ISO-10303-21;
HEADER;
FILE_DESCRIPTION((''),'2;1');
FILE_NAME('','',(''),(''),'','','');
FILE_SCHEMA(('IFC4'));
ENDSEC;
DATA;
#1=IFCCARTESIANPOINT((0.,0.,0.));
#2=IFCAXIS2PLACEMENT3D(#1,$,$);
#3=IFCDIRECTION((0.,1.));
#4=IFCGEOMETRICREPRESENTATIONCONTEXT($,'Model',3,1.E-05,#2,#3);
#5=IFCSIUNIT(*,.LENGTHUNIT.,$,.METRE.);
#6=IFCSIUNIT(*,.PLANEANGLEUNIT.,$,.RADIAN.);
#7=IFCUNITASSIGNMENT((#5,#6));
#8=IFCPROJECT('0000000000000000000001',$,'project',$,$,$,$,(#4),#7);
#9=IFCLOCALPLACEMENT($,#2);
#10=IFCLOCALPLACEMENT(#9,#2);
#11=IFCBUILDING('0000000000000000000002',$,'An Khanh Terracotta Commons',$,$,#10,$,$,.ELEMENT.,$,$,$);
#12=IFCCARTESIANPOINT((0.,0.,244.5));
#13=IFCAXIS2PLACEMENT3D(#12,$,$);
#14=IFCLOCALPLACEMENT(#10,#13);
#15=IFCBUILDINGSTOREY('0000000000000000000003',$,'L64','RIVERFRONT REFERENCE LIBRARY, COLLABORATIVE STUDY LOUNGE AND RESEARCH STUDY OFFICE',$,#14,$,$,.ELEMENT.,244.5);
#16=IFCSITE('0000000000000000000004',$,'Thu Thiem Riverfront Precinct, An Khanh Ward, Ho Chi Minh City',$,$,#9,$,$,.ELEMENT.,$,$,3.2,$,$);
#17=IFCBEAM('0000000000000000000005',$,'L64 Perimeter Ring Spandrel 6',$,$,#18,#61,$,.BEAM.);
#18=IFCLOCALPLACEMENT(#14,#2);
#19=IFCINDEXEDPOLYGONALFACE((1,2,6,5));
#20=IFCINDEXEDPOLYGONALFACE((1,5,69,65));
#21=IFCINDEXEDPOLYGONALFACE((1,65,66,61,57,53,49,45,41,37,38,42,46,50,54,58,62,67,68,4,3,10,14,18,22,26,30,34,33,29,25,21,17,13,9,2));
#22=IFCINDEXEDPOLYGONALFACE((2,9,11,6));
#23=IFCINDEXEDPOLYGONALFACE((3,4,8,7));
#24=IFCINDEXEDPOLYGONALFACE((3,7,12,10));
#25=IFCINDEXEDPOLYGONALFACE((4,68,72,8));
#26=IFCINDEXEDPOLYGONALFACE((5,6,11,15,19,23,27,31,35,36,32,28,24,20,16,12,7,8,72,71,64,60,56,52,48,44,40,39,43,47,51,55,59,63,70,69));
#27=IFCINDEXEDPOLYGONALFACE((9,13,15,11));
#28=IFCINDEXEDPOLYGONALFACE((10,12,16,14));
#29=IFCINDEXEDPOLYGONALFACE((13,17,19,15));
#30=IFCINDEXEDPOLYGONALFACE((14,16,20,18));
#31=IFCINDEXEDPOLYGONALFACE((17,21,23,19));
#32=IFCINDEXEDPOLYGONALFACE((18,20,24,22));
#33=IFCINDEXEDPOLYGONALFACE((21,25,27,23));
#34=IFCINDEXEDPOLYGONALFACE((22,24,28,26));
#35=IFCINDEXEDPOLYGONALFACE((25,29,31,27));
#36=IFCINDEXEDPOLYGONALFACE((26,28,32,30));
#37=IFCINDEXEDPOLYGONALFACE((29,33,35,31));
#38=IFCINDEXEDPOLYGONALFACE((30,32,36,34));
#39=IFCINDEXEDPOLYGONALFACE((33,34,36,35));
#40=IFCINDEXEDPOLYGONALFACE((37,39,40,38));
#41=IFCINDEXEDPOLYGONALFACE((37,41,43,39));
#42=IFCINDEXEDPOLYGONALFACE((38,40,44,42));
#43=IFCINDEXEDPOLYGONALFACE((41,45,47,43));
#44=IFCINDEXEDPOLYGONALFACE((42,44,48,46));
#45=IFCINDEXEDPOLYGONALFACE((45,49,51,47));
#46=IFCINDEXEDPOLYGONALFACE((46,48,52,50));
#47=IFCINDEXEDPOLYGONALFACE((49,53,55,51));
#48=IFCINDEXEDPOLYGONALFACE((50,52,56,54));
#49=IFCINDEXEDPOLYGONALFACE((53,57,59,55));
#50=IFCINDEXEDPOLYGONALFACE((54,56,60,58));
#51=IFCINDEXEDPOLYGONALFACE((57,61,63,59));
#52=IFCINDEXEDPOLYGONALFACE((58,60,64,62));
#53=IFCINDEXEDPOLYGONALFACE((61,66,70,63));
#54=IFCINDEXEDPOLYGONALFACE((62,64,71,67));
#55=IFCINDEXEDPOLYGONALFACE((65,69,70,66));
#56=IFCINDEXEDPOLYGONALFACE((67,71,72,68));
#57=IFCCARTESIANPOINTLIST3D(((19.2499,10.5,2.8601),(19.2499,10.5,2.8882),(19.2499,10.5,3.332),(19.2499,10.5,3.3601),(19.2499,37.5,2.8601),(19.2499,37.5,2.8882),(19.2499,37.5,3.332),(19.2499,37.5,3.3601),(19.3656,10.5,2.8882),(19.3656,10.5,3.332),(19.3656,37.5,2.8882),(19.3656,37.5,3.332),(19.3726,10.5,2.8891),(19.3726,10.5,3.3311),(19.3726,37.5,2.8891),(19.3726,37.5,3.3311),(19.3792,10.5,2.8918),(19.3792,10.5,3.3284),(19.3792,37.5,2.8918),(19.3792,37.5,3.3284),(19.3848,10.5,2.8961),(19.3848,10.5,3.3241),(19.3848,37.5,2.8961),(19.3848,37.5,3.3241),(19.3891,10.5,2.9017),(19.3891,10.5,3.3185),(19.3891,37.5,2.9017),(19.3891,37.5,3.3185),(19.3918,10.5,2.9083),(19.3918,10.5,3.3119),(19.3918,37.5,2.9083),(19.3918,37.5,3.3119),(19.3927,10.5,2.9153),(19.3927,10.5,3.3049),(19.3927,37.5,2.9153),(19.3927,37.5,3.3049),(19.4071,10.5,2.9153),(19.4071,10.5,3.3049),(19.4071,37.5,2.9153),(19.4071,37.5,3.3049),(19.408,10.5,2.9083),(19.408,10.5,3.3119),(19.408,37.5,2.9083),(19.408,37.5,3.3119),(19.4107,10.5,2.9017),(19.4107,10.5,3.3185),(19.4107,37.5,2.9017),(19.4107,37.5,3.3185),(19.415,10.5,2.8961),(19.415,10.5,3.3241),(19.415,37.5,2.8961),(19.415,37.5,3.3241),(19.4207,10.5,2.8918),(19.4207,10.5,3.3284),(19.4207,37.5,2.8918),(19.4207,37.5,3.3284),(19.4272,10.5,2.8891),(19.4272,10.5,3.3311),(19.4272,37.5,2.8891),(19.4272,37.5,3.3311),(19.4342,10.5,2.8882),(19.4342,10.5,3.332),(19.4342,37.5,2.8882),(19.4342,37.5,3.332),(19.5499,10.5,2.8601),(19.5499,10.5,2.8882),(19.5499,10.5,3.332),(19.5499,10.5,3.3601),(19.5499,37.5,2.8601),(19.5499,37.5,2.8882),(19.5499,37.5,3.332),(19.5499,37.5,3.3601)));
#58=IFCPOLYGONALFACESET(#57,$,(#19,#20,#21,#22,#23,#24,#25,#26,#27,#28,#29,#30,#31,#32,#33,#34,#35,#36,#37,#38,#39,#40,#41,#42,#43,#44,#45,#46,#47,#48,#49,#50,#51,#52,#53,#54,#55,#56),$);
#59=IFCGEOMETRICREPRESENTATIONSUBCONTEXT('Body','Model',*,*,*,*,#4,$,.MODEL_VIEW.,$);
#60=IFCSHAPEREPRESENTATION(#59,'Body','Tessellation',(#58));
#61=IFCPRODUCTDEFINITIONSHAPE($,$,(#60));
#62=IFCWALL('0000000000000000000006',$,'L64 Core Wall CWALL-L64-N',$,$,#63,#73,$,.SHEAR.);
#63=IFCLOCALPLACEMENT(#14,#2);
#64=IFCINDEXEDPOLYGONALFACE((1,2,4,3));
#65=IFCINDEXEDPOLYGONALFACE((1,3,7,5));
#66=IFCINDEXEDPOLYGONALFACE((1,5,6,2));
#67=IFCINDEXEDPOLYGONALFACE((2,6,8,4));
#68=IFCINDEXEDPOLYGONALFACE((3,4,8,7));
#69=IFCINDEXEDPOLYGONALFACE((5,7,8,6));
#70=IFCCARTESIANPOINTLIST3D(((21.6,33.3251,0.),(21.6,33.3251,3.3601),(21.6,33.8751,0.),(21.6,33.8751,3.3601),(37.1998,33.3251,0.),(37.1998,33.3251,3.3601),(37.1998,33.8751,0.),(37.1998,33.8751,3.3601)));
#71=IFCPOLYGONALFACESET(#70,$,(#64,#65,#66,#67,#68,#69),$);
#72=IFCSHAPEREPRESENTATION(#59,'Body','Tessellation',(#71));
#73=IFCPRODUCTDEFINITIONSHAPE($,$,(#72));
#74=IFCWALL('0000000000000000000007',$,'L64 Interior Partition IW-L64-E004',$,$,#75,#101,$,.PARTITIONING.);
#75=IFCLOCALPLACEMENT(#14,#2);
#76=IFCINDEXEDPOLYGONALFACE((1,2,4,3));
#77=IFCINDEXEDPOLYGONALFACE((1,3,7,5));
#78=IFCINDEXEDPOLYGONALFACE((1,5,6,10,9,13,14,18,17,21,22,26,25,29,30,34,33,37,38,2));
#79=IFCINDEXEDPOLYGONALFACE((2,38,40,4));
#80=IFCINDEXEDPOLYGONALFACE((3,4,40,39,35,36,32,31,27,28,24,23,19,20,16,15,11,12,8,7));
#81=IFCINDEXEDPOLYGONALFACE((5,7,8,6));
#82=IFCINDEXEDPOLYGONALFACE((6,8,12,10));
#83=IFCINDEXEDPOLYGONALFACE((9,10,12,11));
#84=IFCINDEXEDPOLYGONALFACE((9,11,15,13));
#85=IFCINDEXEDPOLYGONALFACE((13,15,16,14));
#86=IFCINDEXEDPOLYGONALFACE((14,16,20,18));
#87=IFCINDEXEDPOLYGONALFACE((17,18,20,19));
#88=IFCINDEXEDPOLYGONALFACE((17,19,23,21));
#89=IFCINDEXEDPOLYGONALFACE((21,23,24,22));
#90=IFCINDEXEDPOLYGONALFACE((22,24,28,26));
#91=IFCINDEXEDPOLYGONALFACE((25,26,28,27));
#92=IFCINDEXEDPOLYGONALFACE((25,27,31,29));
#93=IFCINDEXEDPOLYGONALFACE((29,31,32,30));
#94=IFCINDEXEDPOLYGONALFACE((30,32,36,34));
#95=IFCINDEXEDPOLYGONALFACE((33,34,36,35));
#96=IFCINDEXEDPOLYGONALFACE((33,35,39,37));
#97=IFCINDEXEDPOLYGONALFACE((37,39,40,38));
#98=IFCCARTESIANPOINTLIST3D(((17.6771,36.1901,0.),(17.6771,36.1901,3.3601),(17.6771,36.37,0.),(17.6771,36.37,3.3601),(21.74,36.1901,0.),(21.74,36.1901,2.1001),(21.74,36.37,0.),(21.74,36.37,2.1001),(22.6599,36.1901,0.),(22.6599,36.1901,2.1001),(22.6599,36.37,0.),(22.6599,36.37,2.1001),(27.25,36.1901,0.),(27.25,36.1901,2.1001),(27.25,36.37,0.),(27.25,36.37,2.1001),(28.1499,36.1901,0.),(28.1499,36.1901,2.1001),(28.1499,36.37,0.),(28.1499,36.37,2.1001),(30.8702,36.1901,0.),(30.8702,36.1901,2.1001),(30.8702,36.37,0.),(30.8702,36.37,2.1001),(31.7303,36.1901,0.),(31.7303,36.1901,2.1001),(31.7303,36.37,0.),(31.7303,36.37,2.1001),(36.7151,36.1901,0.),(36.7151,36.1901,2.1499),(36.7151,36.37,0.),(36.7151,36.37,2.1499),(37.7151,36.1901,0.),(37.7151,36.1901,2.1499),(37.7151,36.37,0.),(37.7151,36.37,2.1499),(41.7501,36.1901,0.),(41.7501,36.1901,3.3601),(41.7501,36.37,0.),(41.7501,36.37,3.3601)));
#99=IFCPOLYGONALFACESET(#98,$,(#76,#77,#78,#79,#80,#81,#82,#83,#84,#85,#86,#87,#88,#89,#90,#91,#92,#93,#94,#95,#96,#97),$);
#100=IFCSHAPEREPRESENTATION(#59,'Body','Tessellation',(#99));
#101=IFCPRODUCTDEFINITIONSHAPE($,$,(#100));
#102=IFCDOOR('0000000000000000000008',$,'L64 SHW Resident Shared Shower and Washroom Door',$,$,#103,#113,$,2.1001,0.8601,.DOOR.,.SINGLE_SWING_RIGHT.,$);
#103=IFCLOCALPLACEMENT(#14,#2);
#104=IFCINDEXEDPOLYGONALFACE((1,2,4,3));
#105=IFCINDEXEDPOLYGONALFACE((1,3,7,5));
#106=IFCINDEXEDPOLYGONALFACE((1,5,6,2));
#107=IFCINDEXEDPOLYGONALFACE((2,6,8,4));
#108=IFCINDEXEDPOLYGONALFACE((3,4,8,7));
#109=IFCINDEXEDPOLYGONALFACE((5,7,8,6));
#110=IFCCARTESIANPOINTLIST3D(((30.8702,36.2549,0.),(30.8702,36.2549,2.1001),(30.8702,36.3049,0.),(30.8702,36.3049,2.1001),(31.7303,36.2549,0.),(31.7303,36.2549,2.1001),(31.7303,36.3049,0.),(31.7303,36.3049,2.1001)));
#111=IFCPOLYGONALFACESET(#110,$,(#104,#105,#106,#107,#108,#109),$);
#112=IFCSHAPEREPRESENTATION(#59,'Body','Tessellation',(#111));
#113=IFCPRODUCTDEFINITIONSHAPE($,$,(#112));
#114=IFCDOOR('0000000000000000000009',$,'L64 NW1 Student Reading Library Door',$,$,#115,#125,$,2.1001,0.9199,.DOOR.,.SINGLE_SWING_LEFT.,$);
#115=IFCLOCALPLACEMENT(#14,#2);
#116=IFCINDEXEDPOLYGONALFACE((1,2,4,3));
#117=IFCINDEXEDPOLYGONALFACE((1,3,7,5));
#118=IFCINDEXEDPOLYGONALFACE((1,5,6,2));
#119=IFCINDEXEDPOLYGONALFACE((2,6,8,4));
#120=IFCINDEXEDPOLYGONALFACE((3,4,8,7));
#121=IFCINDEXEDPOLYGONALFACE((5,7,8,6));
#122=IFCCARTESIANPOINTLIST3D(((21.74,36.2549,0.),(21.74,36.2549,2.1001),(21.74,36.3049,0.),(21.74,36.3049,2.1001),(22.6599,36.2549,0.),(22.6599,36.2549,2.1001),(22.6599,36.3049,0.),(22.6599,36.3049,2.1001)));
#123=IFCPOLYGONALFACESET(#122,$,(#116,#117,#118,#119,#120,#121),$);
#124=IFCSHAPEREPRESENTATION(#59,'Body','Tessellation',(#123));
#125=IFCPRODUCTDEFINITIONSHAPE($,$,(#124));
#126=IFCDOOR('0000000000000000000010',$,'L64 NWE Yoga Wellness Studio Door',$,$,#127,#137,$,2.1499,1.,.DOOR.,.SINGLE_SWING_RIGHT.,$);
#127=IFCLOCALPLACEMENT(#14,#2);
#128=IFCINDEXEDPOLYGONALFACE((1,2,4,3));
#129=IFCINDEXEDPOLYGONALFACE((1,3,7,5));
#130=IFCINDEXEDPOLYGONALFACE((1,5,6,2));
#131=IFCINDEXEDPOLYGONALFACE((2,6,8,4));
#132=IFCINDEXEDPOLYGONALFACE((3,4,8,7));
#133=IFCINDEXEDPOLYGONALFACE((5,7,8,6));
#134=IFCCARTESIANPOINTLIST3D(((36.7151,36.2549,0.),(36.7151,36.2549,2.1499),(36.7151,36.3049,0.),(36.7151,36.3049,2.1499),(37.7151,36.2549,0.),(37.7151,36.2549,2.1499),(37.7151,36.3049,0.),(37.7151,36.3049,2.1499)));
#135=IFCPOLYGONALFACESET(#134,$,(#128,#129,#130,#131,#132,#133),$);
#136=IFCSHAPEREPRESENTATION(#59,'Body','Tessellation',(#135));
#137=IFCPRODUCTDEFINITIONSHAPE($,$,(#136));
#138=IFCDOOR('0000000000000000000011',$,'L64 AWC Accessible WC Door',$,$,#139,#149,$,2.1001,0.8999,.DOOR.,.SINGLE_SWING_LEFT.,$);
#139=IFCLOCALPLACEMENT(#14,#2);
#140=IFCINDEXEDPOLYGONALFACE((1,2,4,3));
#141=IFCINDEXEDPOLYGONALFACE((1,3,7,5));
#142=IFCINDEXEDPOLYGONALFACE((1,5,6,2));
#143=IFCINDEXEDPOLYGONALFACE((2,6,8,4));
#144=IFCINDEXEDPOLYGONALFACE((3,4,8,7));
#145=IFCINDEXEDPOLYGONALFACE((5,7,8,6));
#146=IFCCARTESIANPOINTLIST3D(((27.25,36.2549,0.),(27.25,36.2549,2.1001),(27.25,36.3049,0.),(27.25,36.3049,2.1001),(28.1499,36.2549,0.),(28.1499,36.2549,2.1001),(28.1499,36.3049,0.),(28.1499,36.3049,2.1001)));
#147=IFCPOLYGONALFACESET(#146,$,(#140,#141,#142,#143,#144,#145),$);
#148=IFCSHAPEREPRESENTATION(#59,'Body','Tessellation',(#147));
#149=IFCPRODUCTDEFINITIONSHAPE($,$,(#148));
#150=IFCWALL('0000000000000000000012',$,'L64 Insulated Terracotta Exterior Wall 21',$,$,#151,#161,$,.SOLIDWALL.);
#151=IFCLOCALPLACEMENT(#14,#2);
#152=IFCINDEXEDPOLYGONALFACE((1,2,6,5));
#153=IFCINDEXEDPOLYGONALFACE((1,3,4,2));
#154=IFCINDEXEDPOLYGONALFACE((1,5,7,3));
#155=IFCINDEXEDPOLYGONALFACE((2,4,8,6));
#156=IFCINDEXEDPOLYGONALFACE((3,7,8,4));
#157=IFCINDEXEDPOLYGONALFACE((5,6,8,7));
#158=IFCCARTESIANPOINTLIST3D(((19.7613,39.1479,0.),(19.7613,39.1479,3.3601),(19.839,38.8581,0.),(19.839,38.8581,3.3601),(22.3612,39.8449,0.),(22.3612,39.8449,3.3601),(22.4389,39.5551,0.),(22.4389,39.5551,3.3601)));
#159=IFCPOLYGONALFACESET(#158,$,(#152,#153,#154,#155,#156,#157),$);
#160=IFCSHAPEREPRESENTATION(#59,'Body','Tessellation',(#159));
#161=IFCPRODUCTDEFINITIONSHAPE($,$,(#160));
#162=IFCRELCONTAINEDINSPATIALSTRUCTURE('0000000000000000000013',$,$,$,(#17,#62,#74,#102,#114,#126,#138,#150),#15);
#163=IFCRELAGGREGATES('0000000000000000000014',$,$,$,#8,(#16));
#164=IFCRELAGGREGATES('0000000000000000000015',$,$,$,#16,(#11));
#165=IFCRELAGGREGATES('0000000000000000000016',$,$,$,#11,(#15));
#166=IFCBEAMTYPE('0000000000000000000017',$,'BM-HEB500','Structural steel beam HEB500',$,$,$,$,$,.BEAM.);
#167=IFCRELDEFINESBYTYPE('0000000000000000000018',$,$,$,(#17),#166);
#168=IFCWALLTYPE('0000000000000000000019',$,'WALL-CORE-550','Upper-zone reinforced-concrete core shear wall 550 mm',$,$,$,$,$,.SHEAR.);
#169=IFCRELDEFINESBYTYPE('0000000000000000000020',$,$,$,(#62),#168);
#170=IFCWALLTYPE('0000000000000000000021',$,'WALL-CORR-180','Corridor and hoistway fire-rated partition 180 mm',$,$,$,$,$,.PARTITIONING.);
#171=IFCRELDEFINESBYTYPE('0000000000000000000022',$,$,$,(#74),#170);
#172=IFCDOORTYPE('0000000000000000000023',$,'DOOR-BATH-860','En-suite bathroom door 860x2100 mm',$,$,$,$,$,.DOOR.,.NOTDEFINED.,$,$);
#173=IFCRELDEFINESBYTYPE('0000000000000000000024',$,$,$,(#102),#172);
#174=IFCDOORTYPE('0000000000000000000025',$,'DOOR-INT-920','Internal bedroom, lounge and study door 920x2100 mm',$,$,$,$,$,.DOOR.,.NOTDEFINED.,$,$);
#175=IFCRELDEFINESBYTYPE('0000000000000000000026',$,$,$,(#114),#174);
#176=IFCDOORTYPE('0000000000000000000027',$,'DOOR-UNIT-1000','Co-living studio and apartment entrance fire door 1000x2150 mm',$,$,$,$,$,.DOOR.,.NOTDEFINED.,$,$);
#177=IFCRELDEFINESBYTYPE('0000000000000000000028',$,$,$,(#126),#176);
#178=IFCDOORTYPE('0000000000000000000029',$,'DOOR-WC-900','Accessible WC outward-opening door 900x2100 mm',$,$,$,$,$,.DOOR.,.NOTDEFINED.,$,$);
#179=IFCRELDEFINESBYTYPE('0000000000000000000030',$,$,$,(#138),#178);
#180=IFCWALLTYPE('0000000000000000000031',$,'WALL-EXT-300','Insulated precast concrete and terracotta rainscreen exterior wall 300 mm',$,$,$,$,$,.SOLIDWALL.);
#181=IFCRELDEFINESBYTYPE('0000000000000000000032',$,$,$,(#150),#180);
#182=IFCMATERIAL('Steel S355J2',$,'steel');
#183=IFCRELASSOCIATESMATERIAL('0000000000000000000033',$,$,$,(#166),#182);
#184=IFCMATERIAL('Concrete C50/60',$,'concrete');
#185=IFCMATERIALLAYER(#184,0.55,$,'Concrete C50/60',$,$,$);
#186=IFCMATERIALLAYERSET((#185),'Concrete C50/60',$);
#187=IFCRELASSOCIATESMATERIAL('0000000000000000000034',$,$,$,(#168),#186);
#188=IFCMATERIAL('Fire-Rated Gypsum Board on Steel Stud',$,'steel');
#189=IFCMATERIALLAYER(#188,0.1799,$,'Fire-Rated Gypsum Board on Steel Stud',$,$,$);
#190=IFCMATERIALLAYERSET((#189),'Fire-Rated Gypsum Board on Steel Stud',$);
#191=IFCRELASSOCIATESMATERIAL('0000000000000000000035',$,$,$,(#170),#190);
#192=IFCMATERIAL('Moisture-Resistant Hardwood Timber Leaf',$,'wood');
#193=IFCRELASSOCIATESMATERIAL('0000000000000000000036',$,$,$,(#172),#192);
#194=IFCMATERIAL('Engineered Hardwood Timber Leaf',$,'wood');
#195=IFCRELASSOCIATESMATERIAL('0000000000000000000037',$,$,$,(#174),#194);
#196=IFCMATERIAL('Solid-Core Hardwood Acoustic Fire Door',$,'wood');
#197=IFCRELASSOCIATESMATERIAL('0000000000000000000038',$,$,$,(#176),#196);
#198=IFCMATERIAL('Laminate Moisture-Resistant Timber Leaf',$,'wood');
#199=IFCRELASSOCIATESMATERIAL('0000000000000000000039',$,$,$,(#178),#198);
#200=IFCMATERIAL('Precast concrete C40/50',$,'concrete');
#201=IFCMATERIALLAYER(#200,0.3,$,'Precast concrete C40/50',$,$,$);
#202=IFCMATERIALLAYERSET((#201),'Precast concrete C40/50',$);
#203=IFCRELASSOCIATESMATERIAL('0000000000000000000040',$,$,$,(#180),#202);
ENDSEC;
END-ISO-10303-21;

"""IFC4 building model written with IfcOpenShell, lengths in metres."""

from ifc_helpers import new_model, si_unit, direction, frame, frame_2d, origin, origin_2d, place, context, subcontext, project, spatial, rectangle, i_section, extrude, material, layer, layer_set, material_profile, profile_set, type_object, element, fill, save


model = new_model("IFC4")

# Units and contexts
model_context = context("Model", 3, precision=1e-05, world=origin(), true_north=direction((0.0, 1.0)))
body_context = subcontext(model_context, "Body", "Model", "MODEL_VIEW")
ifc_project = project(units=[si_unit("LENGTHUNIT", "METRE"), si_unit("PLANEANGLEUNIT", "RADIAN")], contexts=[model_context])

# Site, building, storey
site_placement = place(None, origin())
site = spatial("IfcSite", under=ifc_project, at=site_placement, Name="Thu Thiem Riverfront Precinct, An Khanh Ward, Ho Chi Minh City", CompositionType="ELEMENT", RefElevation=3.2)
building_placement = place(site_placement, origin())
building = spatial("IfcBuilding", under=site, at=building_placement, Name="An Khanh Terracotta Commons", CompositionType="ELEMENT")
storey_placement = place(building_placement, frame((0.0, 0.0, 244.5)))
storey = spatial("IfcBuildingStorey", under=building, at=storey_placement, Name="L64", Description="RIVERFRONT REFERENCE LIBRARY, COLLABORATIVE STUDY LOUNGE AND RESEARCH STUDY OFFICE", CompositionType="ELEMENT", Elevation=244.5)

# Beam
ifc_material_1 = material(Name="Steel S355J2", Category="steel")
ifc_material_profile_1 = material_profile(ifc_material_1, i_section(OverallWidth=0.3, OverallDepth=0.5, WebThickness=0.0144, FlangeThickness=0.0281, FilletRadius=0.0271, at=origin_2d()), Name="HEB500")
ifc_profile_set_1 = profile_set([ifc_material_profile_1], Name="Steel S355J2")
beam_type_1 = type_object("IfcBeamType", Name="BM-HEB500", Description="Structural steel beam HEB500", PredefinedType="BEAM", material=ifc_profile_set_1)
beam_1_placement = place(storey_placement, frame((19.3999, 37.5, 3.1101), z_axis=(0.0, -1.0, 0.0), x_axis=(1.0, 0.0, 0.0)))
element("IfcBeam", 1, at=beam_1_placement, inside=storey, type_object=beam_type_1, Name="L64 Perimeter Ring Spandrel 6", PredefinedType="BEAM", context=body_context, shape_type="SweptSolid", body=[
    extrude(i_section(OverallWidth=0.3, OverallDepth=0.5, WebThickness=0.0144, FlangeThickness=0.0281, FilletRadius=0.0271, at=origin_2d()), origin(), (0.0, 0.0, 1.0), 27.0),
])

# Wall
ifc_material_2 = material(Name="Concrete C50/60", Category="concrete")
ifc_layer_1 = layer(ifc_material_2, 0.55, Name="Concrete C50/60")
ifc_layer_set_1 = layer_set([ifc_layer_1], Name="Concrete C50/60")
wall_type_1 = type_object("IfcWallType", Name="WALL-CORE-550", Description="Upper-zone reinforced-concrete core shear wall 550 mm", PredefinedType="SHEAR", material=ifc_layer_set_1)
wall_1_placement = place(storey_placement, frame((21.6001, 33.6001, 0.0), z_axis=(0.0, 0.0, 1.0), x_axis=(1.0, 0.0, 0.0)))
element("IfcWall", 2, at=wall_1_placement, inside=storey, type_object=wall_type_1, Name="L64 Core Wall CWALL-L64-N", PredefinedType="SHEAR", context=body_context, shape_type="SweptSolid", body=[
    extrude(rectangle(XDim=15.5999, YDim=0.55, at=frame_2d((7.7998, 0.0))), origin(), (0.0, 0.0, 1.0), 3.3601),
])

# Wall, openings, doors
ifc_material_3 = material(Name="Fire-Rated Gypsum Board on Steel Stud", Category="steel")
ifc_layer_2 = layer(ifc_material_3, 0.1799, Name="Fire-Rated Gypsum Board on Steel Stud")
ifc_layer_set_2 = layer_set([ifc_layer_2], Name="Fire-Rated Gypsum Board on Steel Stud")
wall_type_2 = type_object("IfcWallType", Name="WALL-CORR-180", Description="Corridor and hoistway fire-rated partition 180 mm", PredefinedType="PARTITIONING", material=ifc_layer_set_2)
wall_2_placement = place(storey_placement, frame((17.677, 36.28, 0.0), z_axis=(0.0, 0.0, 1.0), x_axis=(1.0, 0.0, 0.0)))
wall_2 = element("IfcWall", 3, at=wall_2_placement, inside=storey, type_object=wall_type_2, Name="L64 Interior Partition IW-L64-E004", PredefinedType="PARTITIONING", context=body_context, shape_type="SweptSolid", body=[
    extrude(rectangle(XDim=24.073, YDim=0.1799, at=frame_2d((12.0366, 0.0))), origin(), (0.0, 0.0, 1.0), 3.3601),
])
opening_1_placement = place(wall_2_placement, frame((9.573, 0.0, 0.0)))
opening_1 = element("IfcOpeningElement", 4, at=opening_1_placement, cuts=wall_2, PredefinedType="OPENING", context=body_context, shape_type="SweptSolid", body=[
    extrude(rectangle(XDim=0.8999, YDim=2.1001, at=frame_2d((0.45, 1.05))), frame((0.0, 0.0999, 0.0), z_axis=(0.0, -1.0, 0.0), x_axis=(1.0, 0.0, 0.0)), (0.0, 0.0, 1.0), 0.2),
])
opening_2_placement = place(wall_2_placement, frame((13.1931, 0.0, 0.0)))
opening_2 = element("IfcOpeningElement", 5, at=opening_2_placement, cuts=wall_2, PredefinedType="OPENING", context=body_context, shape_type="SweptSolid", body=[
    extrude(rectangle(XDim=0.8601, YDim=2.1001, at=frame_2d((0.4302, 1.05))), frame((0.0, 0.0999, 0.0), z_axis=(0.0, -1.0, 0.0), x_axis=(1.0, 0.0, 0.0)), (0.0, 0.0, 1.0), 0.2),
])
opening_3_placement = place(wall_2_placement, frame((4.063, 0.0, 0.0)))
opening_3 = element("IfcOpeningElement", 6, at=opening_3_placement, cuts=wall_2, PredefinedType="OPENING", context=body_context, shape_type="SweptSolid", body=[
    extrude(rectangle(XDim=0.9199, YDim=2.1001, at=frame_2d((0.46, 1.05))), frame((0.0, 0.0999, 0.0), z_axis=(0.0, -1.0, 0.0), x_axis=(1.0, 0.0, 0.0)), (0.0, 0.0, 1.0), 0.2),
])
opening_4_placement = place(wall_2_placement, frame((19.0381, 0.0, 0.0)))
opening_4 = element("IfcOpeningElement", 7, at=opening_4_placement, cuts=wall_2, PredefinedType="OPENING", context=body_context, shape_type="SweptSolid", body=[
    extrude(rectangle(XDim=1.0, YDim=2.1499, at=frame_2d((0.5, 1.075))), frame((0.0, 0.0999, 0.0), z_axis=(0.0, -1.0, 0.0), x_axis=(1.0, 0.0, 0.0)), (0.0, 0.0, 1.0), 0.2),
])
ifc_material_4 = material(Name="Moisture-Resistant Hardwood Timber Leaf", Category="wood")
door_type_1 = type_object("IfcDoorType", Name="DOOR-BATH-860", Description="En-suite bathroom door 860x2100 mm", OperationType="NOTDEFINED", PredefinedType="DOOR", material=ifc_material_4)
door_1_placement = place(opening_2_placement, origin())
door_1 = element("IfcDoor", 8, at=door_1_placement, inside=storey, type_object=door_type_1, Name="L64 SHW Resident Shared Shower and Washroom Door", OperationType="SINGLE_SWING_RIGHT", OverallHeight=2.1001, OverallWidth=0.8601, PredefinedType="DOOR", context=body_context, shape_type="SweptSolid", body=[
    extrude(rectangle(XDim=0.8601, YDim=2.1001, at=frame_2d((0.4302, 1.05))), frame((0.0, 0.0249, 0.0), z_axis=(0.0, -1.0, 0.0), x_axis=(1.0, 0.0, 0.0)), (0.0, 0.0, 1.0), 0.05),
])
fill(opening_2, door_1)
ifc_material_5 = material(Name="Engineered Hardwood Timber Leaf", Category="wood")
door_type_2 = type_object("IfcDoorType", Name="DOOR-INT-920", Description="Internal bedroom, lounge and study door 920x2100 mm", OperationType="NOTDEFINED", PredefinedType="DOOR", material=ifc_material_5)
door_2_placement = place(opening_3_placement, origin())
door_2 = element("IfcDoor", 9, at=door_2_placement, inside=storey, type_object=door_type_2, Name="L64 NW1 Student Reading Library Door", OperationType="SINGLE_SWING_LEFT", OverallHeight=2.1001, OverallWidth=0.9199, PredefinedType="DOOR", context=body_context, shape_type="SweptSolid", body=[
    extrude(rectangle(XDim=0.9199, YDim=2.1001, at=frame_2d((0.46, 1.05))), frame((0.0, 0.0249, 0.0), z_axis=(0.0, -1.0, 0.0), x_axis=(1.0, 0.0, 0.0)), (0.0, 0.0, 1.0), 0.05),
])
fill(opening_3, door_2)
ifc_material_6 = material(Name="Solid-Core Hardwood Acoustic Fire Door", Category="wood")
door_type_3 = type_object("IfcDoorType", Name="DOOR-UNIT-1000", Description="Co-living studio and apartment entrance fire door 1000x2150 mm", OperationType="NOTDEFINED", PredefinedType="DOOR", material=ifc_material_6)
door_3_placement = place(opening_4_placement, origin())
door_3 = element("IfcDoor", 10, at=door_3_placement, inside=storey, type_object=door_type_3, Name="L64 NWE Yoga Wellness Studio Door", OperationType="SINGLE_SWING_RIGHT", OverallHeight=2.1499, OverallWidth=1.0, PredefinedType="DOOR", context=body_context, shape_type="SweptSolid", body=[
    extrude(rectangle(XDim=1.0, YDim=2.1499, at=frame_2d((0.5, 1.075))), frame((0.0, 0.0249, 0.0), z_axis=(0.0, -1.0, 0.0), x_axis=(1.0, 0.0, 0.0)), (0.0, 0.0, 1.0), 0.05),
])
fill(opening_4, door_3)
ifc_material_7 = material(Name="Laminate Moisture-Resistant Timber Leaf", Category="wood")
door_type_4 = type_object("IfcDoorType", Name="DOOR-WC-900", Description="Accessible WC outward-opening door 900x2100 mm", OperationType="NOTDEFINED", PredefinedType="DOOR", material=ifc_material_7)
door_4_placement = place(opening_1_placement, origin())
door_4 = element("IfcDoor", 11, at=door_4_placement, inside=storey, type_object=door_type_4, Name="L64 AWC Accessible WC Door", OperationType="SINGLE_SWING_LEFT", OverallHeight=2.1001, OverallWidth=0.8999, PredefinedType="DOOR", context=body_context, shape_type="SweptSolid", body=[
    extrude(rectangle(XDim=0.8999, YDim=2.1001, at=frame_2d((0.45, 1.05))), frame((0.0, 0.0249, 0.0), z_axis=(0.0, -1.0, 0.0), x_axis=(1.0, 0.0, 0.0)), (0.0, 0.0, 1.0), 0.05),
])
fill(opening_1, door_4)

# Wall
ifc_material_8 = material(Name="Precast concrete C40/50", Category="concrete")
ifc_layer_3 = layer(ifc_material_8, 0.3, Name="Precast concrete C40/50")
ifc_layer_set_3 = layer_set([ifc_layer_3], Name="Precast concrete C40/50")
wall_type_3 = type_object("IfcWallType", Name="WALL-EXT-300", Description="Insulated precast concrete and terracotta rainscreen exterior wall 300 mm", PredefinedType="SOLIDWALL", material=ifc_layer_set_3)
wall_3_placement = place(storey_placement, frame((22.3999, 39.7, 0.0), z_axis=(0.0, 0.0, 1.0), x_axis=(-0.965889, -0.258955, 0.0)))
element("IfcWall", 12, at=wall_3_placement, inside=storey, type_object=wall_type_3, Name="L64 Insulated Terracotta Exterior Wall 21", PredefinedType="SOLIDWALL", context=body_context, shape_type="SweptSolid", body=[
    extrude(rectangle(XDim=2.6917, YDim=0.3, at=frame_2d((1.3457, 0.0))), origin(), (0.0, 0.0, 1.0), 3.3601),
])

save(model, "model.ifc")
